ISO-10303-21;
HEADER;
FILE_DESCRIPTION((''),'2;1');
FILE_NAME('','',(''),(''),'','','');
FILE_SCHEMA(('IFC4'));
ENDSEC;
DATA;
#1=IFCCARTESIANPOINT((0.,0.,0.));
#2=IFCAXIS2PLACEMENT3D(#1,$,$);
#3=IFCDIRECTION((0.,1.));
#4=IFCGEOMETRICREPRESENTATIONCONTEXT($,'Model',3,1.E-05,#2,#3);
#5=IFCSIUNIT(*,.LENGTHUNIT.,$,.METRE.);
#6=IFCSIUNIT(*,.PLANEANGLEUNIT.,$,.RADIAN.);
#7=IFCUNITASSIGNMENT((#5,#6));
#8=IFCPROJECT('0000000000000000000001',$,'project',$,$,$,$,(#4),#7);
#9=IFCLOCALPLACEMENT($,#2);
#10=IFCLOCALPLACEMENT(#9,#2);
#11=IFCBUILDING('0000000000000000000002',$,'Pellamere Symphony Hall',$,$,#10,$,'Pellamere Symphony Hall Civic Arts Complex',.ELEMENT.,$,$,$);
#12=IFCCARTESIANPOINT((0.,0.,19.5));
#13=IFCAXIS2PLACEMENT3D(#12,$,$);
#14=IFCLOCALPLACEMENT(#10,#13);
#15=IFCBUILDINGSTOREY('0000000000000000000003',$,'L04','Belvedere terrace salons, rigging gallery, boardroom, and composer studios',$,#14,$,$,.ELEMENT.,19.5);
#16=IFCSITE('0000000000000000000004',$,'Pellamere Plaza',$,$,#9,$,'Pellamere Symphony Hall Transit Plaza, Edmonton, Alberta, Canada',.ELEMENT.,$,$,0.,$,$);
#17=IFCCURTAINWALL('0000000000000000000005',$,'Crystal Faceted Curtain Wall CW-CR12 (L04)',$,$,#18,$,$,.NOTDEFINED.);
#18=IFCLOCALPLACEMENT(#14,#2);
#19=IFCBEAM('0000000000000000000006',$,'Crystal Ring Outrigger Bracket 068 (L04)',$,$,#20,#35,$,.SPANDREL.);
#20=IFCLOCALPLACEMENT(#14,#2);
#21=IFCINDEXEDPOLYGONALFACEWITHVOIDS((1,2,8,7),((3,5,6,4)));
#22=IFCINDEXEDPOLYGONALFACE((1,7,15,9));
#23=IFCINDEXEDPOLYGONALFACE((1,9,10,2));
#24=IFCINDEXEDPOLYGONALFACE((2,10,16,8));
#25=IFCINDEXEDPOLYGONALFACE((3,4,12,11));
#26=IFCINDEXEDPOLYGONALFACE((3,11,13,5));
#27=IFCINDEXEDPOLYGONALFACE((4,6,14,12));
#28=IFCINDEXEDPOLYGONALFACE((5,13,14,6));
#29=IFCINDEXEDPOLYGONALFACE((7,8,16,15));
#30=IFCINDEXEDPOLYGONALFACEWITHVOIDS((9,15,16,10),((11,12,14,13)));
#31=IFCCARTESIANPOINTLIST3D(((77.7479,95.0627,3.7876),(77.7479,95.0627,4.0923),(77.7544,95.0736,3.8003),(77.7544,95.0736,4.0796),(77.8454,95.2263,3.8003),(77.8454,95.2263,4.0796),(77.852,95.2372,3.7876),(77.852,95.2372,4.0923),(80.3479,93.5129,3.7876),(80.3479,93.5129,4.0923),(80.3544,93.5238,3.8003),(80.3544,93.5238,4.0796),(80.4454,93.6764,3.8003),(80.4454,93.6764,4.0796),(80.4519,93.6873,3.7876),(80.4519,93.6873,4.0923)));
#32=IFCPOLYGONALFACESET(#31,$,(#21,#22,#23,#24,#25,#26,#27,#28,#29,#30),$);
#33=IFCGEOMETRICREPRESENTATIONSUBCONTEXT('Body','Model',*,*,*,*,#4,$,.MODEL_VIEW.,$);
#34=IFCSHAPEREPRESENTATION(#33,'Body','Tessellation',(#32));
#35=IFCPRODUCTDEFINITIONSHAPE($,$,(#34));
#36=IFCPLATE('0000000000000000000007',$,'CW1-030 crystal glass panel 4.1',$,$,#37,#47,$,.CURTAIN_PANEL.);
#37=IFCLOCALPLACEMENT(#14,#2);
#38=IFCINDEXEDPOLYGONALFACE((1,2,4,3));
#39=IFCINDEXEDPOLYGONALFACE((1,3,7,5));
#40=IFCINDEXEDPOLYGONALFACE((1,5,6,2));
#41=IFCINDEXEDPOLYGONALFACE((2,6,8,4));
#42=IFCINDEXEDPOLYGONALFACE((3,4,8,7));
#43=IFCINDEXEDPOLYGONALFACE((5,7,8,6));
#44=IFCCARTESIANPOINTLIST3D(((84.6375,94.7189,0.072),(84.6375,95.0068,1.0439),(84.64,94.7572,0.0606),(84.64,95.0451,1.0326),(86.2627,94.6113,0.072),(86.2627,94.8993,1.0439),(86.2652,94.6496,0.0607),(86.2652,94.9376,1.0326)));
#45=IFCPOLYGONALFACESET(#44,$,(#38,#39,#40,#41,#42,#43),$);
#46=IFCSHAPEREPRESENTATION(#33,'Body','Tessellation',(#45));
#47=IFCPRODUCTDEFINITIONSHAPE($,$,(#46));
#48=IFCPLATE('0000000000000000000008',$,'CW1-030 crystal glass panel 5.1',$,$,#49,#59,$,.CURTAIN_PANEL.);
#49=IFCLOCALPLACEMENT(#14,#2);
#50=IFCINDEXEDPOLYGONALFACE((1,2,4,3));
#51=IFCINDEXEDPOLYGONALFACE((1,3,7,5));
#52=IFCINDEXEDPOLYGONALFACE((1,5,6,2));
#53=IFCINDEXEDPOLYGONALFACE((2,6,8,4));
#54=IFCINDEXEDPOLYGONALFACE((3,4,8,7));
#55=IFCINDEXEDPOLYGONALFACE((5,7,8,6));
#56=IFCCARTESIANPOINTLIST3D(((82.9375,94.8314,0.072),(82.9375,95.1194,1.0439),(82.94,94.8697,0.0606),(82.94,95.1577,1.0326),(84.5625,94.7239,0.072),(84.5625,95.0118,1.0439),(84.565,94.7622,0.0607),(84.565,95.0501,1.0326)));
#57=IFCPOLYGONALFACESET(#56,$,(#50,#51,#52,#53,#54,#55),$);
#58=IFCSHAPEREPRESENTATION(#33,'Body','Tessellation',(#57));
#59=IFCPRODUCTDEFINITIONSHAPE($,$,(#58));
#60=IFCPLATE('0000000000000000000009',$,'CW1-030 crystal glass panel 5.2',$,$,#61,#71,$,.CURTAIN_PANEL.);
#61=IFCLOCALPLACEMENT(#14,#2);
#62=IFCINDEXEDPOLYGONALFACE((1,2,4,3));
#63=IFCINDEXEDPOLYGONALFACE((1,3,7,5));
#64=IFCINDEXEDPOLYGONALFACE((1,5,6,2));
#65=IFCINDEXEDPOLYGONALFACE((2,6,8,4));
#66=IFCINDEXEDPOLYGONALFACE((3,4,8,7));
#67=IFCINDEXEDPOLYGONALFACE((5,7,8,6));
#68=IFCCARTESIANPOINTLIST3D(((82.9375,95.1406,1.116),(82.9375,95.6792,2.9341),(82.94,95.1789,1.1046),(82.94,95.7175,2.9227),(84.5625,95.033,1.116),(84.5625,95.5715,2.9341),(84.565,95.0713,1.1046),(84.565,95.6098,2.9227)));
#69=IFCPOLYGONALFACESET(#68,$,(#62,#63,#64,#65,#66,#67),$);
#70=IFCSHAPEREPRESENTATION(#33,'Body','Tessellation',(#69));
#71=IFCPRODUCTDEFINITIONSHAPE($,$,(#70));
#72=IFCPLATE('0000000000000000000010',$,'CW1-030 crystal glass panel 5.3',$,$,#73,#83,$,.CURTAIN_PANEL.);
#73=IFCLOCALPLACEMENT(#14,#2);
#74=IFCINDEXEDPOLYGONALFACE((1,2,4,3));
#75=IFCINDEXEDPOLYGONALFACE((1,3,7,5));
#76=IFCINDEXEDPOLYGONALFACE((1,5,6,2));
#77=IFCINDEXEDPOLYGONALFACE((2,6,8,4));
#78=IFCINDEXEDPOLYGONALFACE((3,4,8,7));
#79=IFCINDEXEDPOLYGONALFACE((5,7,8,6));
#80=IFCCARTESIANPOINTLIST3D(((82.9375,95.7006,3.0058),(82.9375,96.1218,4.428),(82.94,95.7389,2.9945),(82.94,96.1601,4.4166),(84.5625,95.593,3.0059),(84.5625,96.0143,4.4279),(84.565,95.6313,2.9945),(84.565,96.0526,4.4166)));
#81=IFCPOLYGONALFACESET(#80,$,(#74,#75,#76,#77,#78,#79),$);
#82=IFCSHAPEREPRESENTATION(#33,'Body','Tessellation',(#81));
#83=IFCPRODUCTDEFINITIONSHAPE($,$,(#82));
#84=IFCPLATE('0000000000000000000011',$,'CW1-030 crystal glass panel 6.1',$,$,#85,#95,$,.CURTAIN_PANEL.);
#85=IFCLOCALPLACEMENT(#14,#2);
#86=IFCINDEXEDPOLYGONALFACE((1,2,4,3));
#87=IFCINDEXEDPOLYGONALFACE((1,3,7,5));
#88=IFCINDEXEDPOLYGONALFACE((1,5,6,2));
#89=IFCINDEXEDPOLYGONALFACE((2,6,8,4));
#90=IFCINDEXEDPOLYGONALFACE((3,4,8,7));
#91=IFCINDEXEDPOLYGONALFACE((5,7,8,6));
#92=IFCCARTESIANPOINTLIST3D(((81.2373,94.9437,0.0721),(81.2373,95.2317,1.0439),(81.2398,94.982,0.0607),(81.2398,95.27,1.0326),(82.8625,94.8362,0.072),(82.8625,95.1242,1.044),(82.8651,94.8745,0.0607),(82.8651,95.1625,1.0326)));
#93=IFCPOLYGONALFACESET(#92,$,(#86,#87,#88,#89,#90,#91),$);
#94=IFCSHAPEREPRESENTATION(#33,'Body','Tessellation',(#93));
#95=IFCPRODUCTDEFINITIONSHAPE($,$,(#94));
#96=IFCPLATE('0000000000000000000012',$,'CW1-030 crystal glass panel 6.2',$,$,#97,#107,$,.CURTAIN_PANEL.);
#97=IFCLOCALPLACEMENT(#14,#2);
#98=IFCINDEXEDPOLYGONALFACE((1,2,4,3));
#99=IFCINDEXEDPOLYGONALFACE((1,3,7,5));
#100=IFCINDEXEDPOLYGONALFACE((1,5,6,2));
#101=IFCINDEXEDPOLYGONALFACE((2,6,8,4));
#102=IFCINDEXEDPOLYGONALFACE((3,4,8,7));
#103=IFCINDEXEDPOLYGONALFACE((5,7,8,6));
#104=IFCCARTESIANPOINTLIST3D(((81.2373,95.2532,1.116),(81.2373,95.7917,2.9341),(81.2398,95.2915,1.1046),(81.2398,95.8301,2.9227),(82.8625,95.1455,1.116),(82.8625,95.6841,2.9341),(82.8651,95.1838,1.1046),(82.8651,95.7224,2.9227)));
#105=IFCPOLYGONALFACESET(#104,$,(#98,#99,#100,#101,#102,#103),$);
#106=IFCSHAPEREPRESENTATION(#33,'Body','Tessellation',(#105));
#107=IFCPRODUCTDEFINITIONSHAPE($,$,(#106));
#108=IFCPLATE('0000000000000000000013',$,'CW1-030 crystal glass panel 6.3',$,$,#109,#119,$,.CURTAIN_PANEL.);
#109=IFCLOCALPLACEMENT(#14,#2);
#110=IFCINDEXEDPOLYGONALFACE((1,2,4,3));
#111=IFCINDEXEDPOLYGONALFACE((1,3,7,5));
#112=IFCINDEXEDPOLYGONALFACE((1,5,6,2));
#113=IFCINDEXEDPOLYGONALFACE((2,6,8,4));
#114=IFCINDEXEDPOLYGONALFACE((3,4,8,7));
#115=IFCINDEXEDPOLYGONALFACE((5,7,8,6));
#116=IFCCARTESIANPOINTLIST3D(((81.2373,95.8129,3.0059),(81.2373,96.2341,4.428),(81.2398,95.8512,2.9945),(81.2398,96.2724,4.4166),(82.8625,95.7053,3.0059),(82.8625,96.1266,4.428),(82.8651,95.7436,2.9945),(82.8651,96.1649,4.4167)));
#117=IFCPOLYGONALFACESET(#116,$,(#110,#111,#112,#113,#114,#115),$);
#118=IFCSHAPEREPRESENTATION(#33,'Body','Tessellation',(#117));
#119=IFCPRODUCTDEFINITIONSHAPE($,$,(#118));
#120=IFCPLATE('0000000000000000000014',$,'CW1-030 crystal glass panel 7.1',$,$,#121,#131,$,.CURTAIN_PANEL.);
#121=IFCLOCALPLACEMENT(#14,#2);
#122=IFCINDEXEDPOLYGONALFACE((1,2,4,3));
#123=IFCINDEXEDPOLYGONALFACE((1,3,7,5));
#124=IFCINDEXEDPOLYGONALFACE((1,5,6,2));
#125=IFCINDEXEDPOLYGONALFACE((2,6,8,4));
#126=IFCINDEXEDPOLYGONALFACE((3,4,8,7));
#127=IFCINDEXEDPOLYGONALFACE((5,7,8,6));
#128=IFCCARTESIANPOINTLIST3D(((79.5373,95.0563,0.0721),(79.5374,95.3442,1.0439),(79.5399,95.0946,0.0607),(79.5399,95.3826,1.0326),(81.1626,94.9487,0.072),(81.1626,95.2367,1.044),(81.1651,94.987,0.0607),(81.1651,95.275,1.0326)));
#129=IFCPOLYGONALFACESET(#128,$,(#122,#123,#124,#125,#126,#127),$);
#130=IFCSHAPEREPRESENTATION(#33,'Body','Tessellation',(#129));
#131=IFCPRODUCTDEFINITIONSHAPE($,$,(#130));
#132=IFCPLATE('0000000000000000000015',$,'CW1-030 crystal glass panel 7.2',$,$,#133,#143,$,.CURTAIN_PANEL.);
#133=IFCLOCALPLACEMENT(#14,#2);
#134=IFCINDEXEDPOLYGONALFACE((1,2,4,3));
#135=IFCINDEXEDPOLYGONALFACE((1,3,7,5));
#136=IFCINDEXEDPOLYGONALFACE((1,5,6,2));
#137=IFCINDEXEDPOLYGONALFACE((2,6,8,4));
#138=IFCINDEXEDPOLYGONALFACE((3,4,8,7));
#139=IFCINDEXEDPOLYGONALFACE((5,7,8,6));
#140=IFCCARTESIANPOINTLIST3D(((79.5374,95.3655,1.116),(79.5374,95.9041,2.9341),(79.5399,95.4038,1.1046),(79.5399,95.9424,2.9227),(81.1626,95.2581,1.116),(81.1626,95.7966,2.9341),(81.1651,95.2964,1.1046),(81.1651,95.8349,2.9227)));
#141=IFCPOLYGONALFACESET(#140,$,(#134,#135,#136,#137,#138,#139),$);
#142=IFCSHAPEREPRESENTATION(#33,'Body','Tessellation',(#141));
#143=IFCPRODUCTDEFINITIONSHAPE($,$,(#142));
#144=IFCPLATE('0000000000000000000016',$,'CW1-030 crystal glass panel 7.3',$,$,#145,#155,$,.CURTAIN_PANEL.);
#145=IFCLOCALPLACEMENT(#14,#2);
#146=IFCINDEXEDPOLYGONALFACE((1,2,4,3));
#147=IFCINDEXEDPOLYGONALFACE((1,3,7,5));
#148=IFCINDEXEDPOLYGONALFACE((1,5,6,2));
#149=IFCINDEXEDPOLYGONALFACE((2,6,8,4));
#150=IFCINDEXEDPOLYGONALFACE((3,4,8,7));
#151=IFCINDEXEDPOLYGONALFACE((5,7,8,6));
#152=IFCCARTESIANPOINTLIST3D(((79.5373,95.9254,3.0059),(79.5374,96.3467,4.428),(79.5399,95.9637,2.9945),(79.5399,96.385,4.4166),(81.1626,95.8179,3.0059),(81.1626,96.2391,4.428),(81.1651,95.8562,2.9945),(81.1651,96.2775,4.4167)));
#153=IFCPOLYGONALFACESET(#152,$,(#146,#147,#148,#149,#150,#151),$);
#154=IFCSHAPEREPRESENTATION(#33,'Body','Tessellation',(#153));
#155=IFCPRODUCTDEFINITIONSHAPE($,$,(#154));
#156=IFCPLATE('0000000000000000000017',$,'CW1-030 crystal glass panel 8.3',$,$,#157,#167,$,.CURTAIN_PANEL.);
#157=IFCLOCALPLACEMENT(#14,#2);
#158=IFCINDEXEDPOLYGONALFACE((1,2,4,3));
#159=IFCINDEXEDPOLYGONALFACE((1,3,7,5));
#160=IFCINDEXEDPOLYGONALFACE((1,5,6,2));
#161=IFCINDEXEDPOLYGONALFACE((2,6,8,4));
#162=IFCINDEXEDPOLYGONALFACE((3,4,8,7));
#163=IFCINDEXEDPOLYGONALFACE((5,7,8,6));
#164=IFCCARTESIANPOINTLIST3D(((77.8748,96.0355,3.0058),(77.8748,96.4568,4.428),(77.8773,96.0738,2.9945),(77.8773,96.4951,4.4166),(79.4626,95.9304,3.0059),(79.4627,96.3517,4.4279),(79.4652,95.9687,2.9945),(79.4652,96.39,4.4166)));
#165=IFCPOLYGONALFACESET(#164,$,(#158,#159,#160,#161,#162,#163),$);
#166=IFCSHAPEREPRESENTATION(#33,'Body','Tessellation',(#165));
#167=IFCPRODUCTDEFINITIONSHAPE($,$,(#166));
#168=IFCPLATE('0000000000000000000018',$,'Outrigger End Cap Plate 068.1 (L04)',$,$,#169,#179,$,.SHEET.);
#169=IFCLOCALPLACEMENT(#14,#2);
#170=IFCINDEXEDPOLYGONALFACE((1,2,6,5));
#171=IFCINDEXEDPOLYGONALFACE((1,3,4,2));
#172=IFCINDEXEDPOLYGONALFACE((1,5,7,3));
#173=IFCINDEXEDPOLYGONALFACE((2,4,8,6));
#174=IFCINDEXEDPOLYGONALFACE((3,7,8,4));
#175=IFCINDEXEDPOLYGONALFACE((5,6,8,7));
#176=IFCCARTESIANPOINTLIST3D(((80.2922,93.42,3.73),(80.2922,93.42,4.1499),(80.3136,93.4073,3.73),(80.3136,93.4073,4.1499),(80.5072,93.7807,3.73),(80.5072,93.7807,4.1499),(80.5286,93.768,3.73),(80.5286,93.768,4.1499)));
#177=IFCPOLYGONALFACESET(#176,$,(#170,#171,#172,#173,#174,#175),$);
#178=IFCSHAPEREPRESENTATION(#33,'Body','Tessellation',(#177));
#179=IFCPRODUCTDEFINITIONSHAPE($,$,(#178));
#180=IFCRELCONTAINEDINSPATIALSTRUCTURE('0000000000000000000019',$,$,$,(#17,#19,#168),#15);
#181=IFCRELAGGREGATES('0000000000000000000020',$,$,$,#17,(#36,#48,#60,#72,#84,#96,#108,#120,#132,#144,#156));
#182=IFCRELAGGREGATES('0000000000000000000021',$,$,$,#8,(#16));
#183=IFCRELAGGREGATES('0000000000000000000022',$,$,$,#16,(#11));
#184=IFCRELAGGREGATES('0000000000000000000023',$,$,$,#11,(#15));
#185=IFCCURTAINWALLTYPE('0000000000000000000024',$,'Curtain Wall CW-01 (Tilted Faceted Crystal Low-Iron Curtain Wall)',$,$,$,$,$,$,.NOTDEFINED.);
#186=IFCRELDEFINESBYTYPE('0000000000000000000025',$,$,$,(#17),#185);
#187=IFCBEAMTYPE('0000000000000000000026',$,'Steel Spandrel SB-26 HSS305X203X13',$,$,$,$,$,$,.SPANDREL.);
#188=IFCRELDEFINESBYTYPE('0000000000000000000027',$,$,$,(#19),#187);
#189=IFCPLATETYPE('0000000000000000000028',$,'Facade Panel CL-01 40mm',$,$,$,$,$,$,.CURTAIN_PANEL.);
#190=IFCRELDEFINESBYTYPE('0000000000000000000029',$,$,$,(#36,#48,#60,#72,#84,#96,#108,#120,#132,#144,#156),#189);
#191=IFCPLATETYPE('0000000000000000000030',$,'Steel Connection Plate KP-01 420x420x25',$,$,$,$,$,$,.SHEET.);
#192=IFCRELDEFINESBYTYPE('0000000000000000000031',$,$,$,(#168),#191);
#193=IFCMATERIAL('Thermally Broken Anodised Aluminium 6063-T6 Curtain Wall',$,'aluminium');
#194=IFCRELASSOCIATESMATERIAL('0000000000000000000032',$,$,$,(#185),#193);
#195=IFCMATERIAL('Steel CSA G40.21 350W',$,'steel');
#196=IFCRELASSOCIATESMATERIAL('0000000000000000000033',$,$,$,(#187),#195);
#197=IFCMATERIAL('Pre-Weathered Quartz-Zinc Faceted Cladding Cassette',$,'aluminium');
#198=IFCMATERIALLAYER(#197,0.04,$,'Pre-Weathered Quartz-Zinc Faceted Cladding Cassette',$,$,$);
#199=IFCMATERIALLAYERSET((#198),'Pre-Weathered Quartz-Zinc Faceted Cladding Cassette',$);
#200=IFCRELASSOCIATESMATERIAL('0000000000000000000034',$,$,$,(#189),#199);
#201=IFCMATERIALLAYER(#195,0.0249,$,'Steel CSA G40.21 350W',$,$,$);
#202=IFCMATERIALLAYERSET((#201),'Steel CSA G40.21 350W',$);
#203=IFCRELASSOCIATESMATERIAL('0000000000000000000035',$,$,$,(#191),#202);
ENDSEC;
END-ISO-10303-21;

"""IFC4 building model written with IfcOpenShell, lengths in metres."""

from ifc_helpers import new_model, si_unit, direction, frame, origin, origin_2d, place, context, subcontext, project, spatial, polyline, rectangle, hollow_rectangle, outline, extrude, material, layer, layer_set, material_profile, profile_set, type_object, element, aggregate, save


model = new_model("IFC4")

# Units and contexts
model_context = context("Model", 3, precision=1e-05, world=origin(), true_north=direction((0.0, 1.0)))
body_context = subcontext(model_context, "Body", "Model", "MODEL_VIEW")
ifc_project = project(units=[si_unit("LENGTHUNIT", "METRE"), si_unit("PLANEANGLEUNIT", "RADIAN")], contexts=[model_context])

# Site, building, storey
site_placement = place(None, origin())
site = spatial("IfcSite", under=ifc_project, at=site_placement, Name="Pellamere Plaza", LongName="Pellamere Symphony Hall Transit Plaza, Edmonton, Alberta, Canada", CompositionType="ELEMENT", RefElevation=0.0)
building_placement = place(site_placement, origin())
building = spatial("IfcBuilding", under=site, at=building_placement, Name="Pellamere Symphony Hall", LongName="Pellamere Symphony Hall Civic Arts Complex", CompositionType="ELEMENT")
storey_placement = place(building_placement, frame((0.0, 0.0, 19.5)))
storey = spatial("IfcBuildingStorey", under=building, at=storey_placement, Name="L04", Description="Belvedere terrace salons, rigging gallery, boardroom, and composer studios", CompositionType="ELEMENT", Elevation=19.5)

# Curtain wall
ifc_material_1 = material(Name="Thermally Broken Anodised Aluminium 6063-T6 Curtain Wall", Category="aluminium")
curtain_wall_type = type_object("IfcCurtainWallType", Name="Curtain Wall CW-01 (Tilted Faceted Crystal Low-Iron Curtain Wall)", PredefinedType="NOTDEFINED", material=ifc_material_1)
curtain_wall_placement = place(storey_placement, origin())
curtain_wall = element("IfcCurtainWall", 1, at=curtain_wall_placement, inside=storey, type_object=curtain_wall_type, Name="Crystal Faceted Curtain Wall CW-CR12 (L04)", PredefinedType="NOTDEFINED")

# Beam
ifc_material_2 = material(Name="Steel CSA G40.21 350W", Category="steel")
ifc_material_profile_1 = material_profile(ifc_material_2, hollow_rectangle(XDim=0.2031, YDim=0.3047, WallThickness=0.0127, at=origin_2d()), Name="HSS305X203X13")
ifc_profile_set_1 = profile_set([ifc_material_profile_1], Name="Steel CSA G40.21 350W")
beam_type = type_object("IfcBeamType", Name="Steel Spandrel SB-26 HSS305X203X13", PredefinedType="SPANDREL", material=ifc_profile_set_1)
beam_placement = place(storey_placement, frame((80.3999, 93.6001, 3.9399), z_axis=(-0.858963, 0.512038, 0.0), x_axis=(-0.512038, -0.858963, 0.0)))
element("IfcBeam", 2, at=beam_placement, inside=storey, type_object=beam_type, Name="Crystal Ring Outrigger Bracket 068 (L04)", PredefinedType="SPANDREL", context=body_context, shape_type="SweptSolid", body=[
    extrude(hollow_rectangle(XDim=0.2031, YDim=0.3047, WallThickness=0.0127, at=origin_2d()), origin(), (0.0, 0.0, 1.0), 3.0269),
])

# Plates
ifc_material_3 = material(Name="Pre-Weathered Quartz-Zinc Faceted Cladding Cassette", Category="aluminium")
ifc_layer_1 = layer(ifc_material_3, 0.04, Name="Pre-Weathered Quartz-Zinc Faceted Cladding Cassette")
ifc_layer_set_1 = layer_set([ifc_layer_1], Name="Pre-Weathered Quartz-Zinc Faceted Cladding Cassette")
plate_type_1 = type_object("IfcPlateType", Name="Facade Panel CL-01 40mm", PredefinedType="CURTAIN_PANEL", material=ifc_layer_set_1)
plate_1_placement = place(storey_placement, frame((86.2627, 94.6113, 0.072), z_axis=(-0.063318, -0.956878, 0.283506), x_axis=(-0.997818, 0.066021, -0.00002)))
plate_1 = element("IfcPlate", 3, at=plate_1_placement, type_object=plate_type_1, Name="CW1-030 crystal glass panel 4.1", PredefinedType="CURTAIN_PANEL", context=body_context, shape_type="SweptSolid", body=[
    extrude(outline(polyline([(0.0, 0.0), (1.6288, 0.0), (1.6478, -1.0135), (0.019, -1.0135), (0.0, 0.0)])), origin(), (0.0, 0.0, -1.0), 0.04),
])
plate_2_placement = place(storey_placement, frame((84.5625, 94.7239, 0.072), z_axis=(-0.063327, -0.956877, 0.283506), x_axis=(-0.997818, 0.06603, -0.00002)))
plate_2 = element("IfcPlate", 4, at=plate_2_placement, type_object=plate_type_1, Name="CW1-030 crystal glass panel 5.1", PredefinedType="CURTAIN_PANEL", context=body_context, shape_type="SweptSolid", body=[
    extrude(outline(polyline([(0.0, 0.0), (1.6285, 0.0), (1.6475, -1.0135), (0.019, -1.0135), (0.0, 0.0)])), origin(), (0.0, 0.0, -1.0), 0.04),
])
plate_3_placement = place(storey_placement, frame((84.5625, 95.033, 1.116), z_axis=(-0.0634, -0.956887, 0.283456), x_axis=(-0.997812, 0.066111, 0.0)))
plate_3 = element("IfcPlate", 5, at=plate_3_placement, type_object=plate_type_1, Name="CW1-030 crystal glass panel 5.2", PredefinedType="CURTAIN_PANEL", context=body_context, shape_type="SweptSolid", body=[
    extrude(outline(polyline([(0.0, 0.0), (1.6286, 0.0), (1.6642, -1.8959), (0.0356, -1.8959), (0.0, 0.0)])), origin(), (0.0, 0.0, -1.0), 0.04),
])
plate_4_placement = place(storey_placement, frame((84.5625, 95.593, 3.0059), z_axis=(-0.063328, -0.956893, 0.283454), x_axis=(-0.997818, 0.06603, -0.00002)))
plate_4 = element("IfcPlate", 6, at=plate_4_placement, type_object=plate_type_1, Name="CW1-030 crystal glass panel 5.3", PredefinedType="CURTAIN_PANEL", context=body_context, shape_type="SweptSolid", body=[
    extrude(outline(polyline([(0.0, 0.0), (1.6285, 0.0), (1.6563, -1.483), (0.0278, -1.4829), (0.0, 0.0)])), origin(), (0.0, 0.0, -1.0), 0.04),
])
plate_5_placement = place(storey_placement, frame((82.8625, 94.8362, 0.072), z_axis=(-0.063318, -0.956878, 0.283506), x_axis=(-0.997817, 0.066033, 0.00002)))
plate_5 = element("IfcPlate", 7, at=plate_5_placement, type_object=plate_type_1, Name="CW1-030 crystal glass panel 6.1", PredefinedType="CURTAIN_PANEL", context=body_context, shape_type="SweptSolid", body=[
    extrude(outline(polyline([(0.0, 0.0), (1.6288, 0.0), (1.6478, -1.0135), (0.019, -1.0135), (0.0, 0.0)])), origin(), (0.0, 0.0, -1.0), 0.04),
])
plate_6_placement = place(storey_placement, frame((82.8625, 95.1455, 1.116), z_axis=(-0.06339, -0.956888, 0.283456), x_axis=(-0.997813, 0.066101, 0.0)))
plate_6 = element("IfcPlate", 8, at=plate_6_placement, type_object=plate_type_1, Name="CW1-030 crystal glass panel 6.2", PredefinedType="CURTAIN_PANEL", context=body_context, shape_type="SweptSolid", body=[
    extrude(outline(polyline([(0.0, 0.0), (1.6288, 0.0), (1.6644, -1.8959), (0.0356, -1.8959), (0.0, 0.0)])), origin(), (0.0, 0.0, -1.0), 0.04),
])
plate_7_placement = place(storey_placement, frame((82.8625, 95.7053, 3.0059), z_axis=(-0.063319, -0.956893, 0.283454), x_axis=(-0.997817, 0.066033, 0.00002)))
plate_7 = element("IfcPlate", 9, at=plate_7_placement, type_object=plate_type_1, Name="CW1-030 crystal glass panel 6.3", PredefinedType="CURTAIN_PANEL", context=body_context, shape_type="SweptSolid", body=[
    extrude(outline(polyline([(0.0, 0.0), (1.6288, 0.0), (1.6566, -1.4829), (0.0279, -1.483), (0.0, 0.0)])), origin(), (0.0, 0.0, -1.0), 0.04),
])
plate_8_placement = place(storey_placement, frame((81.1626, 94.9487, 0.072), z_axis=(-0.063318, -0.956878, 0.283506), x_axis=(-0.997817, 0.066033, 0.00002)))
plate_8 = element("IfcPlate", 10, at=plate_8_placement, type_object=plate_type_1, Name="CW1-030 crystal glass panel 7.1", PredefinedType="CURTAIN_PANEL", context=body_context, shape_type="SweptSolid", body=[
    extrude(outline(polyline([(0.0, 0.0), (1.6288, 0.0), (1.6478, -1.0135), (0.019, -1.0135), (0.0, 0.0)])), origin(), (0.0, 0.0, -1.0), 0.04),
])
plate_9_placement = place(storey_placement, frame((81.1626, 95.2581, 1.116), z_axis=(-0.063247, -0.956897, 0.283458), x_axis=(-0.997823, 0.065952, 0.0)))
plate_9 = element("IfcPlate", 11, at=plate_9_placement, type_object=plate_type_1, Name="CW1-030 crystal glass panel 7.2", PredefinedType="CURTAIN_PANEL", context=body_context, shape_type="SweptSolid", body=[
    extrude(outline(polyline([(0.0, 0.0), (1.6288, 0.0), (1.6643, -1.8959), (0.0355, -1.8959), (0.0, 0.0)])), origin(), (0.0, 0.0, -1.0), 0.04),
])
plate_10_placement = place(storey_placement, frame((81.1626, 95.8179, 3.0059), z_axis=(-0.063319, -0.956893, 0.283454), x_axis=(-0.997817, 0.066033, 0.00002)))
plate_10 = element("IfcPlate", 12, at=plate_10_placement, type_object=plate_type_1, Name="CW1-030 crystal glass panel 7.3", PredefinedType="CURTAIN_PANEL", context=body_context, shape_type="SweptSolid", body=[
    extrude(outline(polyline([(0.0, 0.0), (1.6288, 0.0), (1.6566, -1.4829), (0.0279, -1.483), (0.0, 0.0)])), origin(), (0.0, 0.0, -1.0), 0.04),
])
plate_11_placement = place(storey_placement, frame((79.4626, 95.9304, 3.0059), z_axis=(-0.063337, -0.956892, 0.283454), x_axis=(-0.997817, 0.066039, -0.000021)))
plate_11 = element("IfcPlate", 13, at=plate_11_placement, type_object=plate_type_1, Name="CW1-030 crystal glass panel 8.3", PredefinedType="CURTAIN_PANEL", context=body_context, shape_type="SweptSolid", body=[
    extrude(outline(polyline([(0.0, 0.0), (1.5914, 0.0), (1.6192, -1.483), (0.0278, -1.4829), (0.0, 0.0)])), origin(), (0.0, 0.0, -1.0), 0.04),
])
aggregate(curtain_wall, [plate_1, plate_2, plate_3, plate_4, plate_5, plate_6, plate_7, plate_8, plate_9, plate_10, plate_11])
ifc_layer_2 = layer(ifc_material_2, 0.0249, Name="Steel CSA G40.21 350W")
ifc_layer_set_2 = layer_set([ifc_layer_2], Name="Steel CSA G40.21 350W")
plate_type_2 = type_object("IfcPlateType", Name="Steel Connection Plate KP-01 420x420x25", PredefinedType="SHEET", material=ifc_layer_set_2)
plate_12_placement = place(storey_placement, frame((80.4104, 93.594, 3.73), z_axis=(0.0, 0.0, 1.0), x_axis=(-0.85896, 0.512043, 0.0)))
element("IfcPlate", 14, at=plate_12_placement, inside=storey, type_object=plate_type_2, Name="Outrigger End Cap Plate 068.1 (L04)", PredefinedType="SHEET", context=body_context, shape_type="SweptSolid", body=[
    extrude(rectangle(XDim=0.0249, YDim=0.4199, at=origin_2d()), origin(), (0.0, 0.0, 1.0), 0.4199),
])

save(model, "model.ifc")
